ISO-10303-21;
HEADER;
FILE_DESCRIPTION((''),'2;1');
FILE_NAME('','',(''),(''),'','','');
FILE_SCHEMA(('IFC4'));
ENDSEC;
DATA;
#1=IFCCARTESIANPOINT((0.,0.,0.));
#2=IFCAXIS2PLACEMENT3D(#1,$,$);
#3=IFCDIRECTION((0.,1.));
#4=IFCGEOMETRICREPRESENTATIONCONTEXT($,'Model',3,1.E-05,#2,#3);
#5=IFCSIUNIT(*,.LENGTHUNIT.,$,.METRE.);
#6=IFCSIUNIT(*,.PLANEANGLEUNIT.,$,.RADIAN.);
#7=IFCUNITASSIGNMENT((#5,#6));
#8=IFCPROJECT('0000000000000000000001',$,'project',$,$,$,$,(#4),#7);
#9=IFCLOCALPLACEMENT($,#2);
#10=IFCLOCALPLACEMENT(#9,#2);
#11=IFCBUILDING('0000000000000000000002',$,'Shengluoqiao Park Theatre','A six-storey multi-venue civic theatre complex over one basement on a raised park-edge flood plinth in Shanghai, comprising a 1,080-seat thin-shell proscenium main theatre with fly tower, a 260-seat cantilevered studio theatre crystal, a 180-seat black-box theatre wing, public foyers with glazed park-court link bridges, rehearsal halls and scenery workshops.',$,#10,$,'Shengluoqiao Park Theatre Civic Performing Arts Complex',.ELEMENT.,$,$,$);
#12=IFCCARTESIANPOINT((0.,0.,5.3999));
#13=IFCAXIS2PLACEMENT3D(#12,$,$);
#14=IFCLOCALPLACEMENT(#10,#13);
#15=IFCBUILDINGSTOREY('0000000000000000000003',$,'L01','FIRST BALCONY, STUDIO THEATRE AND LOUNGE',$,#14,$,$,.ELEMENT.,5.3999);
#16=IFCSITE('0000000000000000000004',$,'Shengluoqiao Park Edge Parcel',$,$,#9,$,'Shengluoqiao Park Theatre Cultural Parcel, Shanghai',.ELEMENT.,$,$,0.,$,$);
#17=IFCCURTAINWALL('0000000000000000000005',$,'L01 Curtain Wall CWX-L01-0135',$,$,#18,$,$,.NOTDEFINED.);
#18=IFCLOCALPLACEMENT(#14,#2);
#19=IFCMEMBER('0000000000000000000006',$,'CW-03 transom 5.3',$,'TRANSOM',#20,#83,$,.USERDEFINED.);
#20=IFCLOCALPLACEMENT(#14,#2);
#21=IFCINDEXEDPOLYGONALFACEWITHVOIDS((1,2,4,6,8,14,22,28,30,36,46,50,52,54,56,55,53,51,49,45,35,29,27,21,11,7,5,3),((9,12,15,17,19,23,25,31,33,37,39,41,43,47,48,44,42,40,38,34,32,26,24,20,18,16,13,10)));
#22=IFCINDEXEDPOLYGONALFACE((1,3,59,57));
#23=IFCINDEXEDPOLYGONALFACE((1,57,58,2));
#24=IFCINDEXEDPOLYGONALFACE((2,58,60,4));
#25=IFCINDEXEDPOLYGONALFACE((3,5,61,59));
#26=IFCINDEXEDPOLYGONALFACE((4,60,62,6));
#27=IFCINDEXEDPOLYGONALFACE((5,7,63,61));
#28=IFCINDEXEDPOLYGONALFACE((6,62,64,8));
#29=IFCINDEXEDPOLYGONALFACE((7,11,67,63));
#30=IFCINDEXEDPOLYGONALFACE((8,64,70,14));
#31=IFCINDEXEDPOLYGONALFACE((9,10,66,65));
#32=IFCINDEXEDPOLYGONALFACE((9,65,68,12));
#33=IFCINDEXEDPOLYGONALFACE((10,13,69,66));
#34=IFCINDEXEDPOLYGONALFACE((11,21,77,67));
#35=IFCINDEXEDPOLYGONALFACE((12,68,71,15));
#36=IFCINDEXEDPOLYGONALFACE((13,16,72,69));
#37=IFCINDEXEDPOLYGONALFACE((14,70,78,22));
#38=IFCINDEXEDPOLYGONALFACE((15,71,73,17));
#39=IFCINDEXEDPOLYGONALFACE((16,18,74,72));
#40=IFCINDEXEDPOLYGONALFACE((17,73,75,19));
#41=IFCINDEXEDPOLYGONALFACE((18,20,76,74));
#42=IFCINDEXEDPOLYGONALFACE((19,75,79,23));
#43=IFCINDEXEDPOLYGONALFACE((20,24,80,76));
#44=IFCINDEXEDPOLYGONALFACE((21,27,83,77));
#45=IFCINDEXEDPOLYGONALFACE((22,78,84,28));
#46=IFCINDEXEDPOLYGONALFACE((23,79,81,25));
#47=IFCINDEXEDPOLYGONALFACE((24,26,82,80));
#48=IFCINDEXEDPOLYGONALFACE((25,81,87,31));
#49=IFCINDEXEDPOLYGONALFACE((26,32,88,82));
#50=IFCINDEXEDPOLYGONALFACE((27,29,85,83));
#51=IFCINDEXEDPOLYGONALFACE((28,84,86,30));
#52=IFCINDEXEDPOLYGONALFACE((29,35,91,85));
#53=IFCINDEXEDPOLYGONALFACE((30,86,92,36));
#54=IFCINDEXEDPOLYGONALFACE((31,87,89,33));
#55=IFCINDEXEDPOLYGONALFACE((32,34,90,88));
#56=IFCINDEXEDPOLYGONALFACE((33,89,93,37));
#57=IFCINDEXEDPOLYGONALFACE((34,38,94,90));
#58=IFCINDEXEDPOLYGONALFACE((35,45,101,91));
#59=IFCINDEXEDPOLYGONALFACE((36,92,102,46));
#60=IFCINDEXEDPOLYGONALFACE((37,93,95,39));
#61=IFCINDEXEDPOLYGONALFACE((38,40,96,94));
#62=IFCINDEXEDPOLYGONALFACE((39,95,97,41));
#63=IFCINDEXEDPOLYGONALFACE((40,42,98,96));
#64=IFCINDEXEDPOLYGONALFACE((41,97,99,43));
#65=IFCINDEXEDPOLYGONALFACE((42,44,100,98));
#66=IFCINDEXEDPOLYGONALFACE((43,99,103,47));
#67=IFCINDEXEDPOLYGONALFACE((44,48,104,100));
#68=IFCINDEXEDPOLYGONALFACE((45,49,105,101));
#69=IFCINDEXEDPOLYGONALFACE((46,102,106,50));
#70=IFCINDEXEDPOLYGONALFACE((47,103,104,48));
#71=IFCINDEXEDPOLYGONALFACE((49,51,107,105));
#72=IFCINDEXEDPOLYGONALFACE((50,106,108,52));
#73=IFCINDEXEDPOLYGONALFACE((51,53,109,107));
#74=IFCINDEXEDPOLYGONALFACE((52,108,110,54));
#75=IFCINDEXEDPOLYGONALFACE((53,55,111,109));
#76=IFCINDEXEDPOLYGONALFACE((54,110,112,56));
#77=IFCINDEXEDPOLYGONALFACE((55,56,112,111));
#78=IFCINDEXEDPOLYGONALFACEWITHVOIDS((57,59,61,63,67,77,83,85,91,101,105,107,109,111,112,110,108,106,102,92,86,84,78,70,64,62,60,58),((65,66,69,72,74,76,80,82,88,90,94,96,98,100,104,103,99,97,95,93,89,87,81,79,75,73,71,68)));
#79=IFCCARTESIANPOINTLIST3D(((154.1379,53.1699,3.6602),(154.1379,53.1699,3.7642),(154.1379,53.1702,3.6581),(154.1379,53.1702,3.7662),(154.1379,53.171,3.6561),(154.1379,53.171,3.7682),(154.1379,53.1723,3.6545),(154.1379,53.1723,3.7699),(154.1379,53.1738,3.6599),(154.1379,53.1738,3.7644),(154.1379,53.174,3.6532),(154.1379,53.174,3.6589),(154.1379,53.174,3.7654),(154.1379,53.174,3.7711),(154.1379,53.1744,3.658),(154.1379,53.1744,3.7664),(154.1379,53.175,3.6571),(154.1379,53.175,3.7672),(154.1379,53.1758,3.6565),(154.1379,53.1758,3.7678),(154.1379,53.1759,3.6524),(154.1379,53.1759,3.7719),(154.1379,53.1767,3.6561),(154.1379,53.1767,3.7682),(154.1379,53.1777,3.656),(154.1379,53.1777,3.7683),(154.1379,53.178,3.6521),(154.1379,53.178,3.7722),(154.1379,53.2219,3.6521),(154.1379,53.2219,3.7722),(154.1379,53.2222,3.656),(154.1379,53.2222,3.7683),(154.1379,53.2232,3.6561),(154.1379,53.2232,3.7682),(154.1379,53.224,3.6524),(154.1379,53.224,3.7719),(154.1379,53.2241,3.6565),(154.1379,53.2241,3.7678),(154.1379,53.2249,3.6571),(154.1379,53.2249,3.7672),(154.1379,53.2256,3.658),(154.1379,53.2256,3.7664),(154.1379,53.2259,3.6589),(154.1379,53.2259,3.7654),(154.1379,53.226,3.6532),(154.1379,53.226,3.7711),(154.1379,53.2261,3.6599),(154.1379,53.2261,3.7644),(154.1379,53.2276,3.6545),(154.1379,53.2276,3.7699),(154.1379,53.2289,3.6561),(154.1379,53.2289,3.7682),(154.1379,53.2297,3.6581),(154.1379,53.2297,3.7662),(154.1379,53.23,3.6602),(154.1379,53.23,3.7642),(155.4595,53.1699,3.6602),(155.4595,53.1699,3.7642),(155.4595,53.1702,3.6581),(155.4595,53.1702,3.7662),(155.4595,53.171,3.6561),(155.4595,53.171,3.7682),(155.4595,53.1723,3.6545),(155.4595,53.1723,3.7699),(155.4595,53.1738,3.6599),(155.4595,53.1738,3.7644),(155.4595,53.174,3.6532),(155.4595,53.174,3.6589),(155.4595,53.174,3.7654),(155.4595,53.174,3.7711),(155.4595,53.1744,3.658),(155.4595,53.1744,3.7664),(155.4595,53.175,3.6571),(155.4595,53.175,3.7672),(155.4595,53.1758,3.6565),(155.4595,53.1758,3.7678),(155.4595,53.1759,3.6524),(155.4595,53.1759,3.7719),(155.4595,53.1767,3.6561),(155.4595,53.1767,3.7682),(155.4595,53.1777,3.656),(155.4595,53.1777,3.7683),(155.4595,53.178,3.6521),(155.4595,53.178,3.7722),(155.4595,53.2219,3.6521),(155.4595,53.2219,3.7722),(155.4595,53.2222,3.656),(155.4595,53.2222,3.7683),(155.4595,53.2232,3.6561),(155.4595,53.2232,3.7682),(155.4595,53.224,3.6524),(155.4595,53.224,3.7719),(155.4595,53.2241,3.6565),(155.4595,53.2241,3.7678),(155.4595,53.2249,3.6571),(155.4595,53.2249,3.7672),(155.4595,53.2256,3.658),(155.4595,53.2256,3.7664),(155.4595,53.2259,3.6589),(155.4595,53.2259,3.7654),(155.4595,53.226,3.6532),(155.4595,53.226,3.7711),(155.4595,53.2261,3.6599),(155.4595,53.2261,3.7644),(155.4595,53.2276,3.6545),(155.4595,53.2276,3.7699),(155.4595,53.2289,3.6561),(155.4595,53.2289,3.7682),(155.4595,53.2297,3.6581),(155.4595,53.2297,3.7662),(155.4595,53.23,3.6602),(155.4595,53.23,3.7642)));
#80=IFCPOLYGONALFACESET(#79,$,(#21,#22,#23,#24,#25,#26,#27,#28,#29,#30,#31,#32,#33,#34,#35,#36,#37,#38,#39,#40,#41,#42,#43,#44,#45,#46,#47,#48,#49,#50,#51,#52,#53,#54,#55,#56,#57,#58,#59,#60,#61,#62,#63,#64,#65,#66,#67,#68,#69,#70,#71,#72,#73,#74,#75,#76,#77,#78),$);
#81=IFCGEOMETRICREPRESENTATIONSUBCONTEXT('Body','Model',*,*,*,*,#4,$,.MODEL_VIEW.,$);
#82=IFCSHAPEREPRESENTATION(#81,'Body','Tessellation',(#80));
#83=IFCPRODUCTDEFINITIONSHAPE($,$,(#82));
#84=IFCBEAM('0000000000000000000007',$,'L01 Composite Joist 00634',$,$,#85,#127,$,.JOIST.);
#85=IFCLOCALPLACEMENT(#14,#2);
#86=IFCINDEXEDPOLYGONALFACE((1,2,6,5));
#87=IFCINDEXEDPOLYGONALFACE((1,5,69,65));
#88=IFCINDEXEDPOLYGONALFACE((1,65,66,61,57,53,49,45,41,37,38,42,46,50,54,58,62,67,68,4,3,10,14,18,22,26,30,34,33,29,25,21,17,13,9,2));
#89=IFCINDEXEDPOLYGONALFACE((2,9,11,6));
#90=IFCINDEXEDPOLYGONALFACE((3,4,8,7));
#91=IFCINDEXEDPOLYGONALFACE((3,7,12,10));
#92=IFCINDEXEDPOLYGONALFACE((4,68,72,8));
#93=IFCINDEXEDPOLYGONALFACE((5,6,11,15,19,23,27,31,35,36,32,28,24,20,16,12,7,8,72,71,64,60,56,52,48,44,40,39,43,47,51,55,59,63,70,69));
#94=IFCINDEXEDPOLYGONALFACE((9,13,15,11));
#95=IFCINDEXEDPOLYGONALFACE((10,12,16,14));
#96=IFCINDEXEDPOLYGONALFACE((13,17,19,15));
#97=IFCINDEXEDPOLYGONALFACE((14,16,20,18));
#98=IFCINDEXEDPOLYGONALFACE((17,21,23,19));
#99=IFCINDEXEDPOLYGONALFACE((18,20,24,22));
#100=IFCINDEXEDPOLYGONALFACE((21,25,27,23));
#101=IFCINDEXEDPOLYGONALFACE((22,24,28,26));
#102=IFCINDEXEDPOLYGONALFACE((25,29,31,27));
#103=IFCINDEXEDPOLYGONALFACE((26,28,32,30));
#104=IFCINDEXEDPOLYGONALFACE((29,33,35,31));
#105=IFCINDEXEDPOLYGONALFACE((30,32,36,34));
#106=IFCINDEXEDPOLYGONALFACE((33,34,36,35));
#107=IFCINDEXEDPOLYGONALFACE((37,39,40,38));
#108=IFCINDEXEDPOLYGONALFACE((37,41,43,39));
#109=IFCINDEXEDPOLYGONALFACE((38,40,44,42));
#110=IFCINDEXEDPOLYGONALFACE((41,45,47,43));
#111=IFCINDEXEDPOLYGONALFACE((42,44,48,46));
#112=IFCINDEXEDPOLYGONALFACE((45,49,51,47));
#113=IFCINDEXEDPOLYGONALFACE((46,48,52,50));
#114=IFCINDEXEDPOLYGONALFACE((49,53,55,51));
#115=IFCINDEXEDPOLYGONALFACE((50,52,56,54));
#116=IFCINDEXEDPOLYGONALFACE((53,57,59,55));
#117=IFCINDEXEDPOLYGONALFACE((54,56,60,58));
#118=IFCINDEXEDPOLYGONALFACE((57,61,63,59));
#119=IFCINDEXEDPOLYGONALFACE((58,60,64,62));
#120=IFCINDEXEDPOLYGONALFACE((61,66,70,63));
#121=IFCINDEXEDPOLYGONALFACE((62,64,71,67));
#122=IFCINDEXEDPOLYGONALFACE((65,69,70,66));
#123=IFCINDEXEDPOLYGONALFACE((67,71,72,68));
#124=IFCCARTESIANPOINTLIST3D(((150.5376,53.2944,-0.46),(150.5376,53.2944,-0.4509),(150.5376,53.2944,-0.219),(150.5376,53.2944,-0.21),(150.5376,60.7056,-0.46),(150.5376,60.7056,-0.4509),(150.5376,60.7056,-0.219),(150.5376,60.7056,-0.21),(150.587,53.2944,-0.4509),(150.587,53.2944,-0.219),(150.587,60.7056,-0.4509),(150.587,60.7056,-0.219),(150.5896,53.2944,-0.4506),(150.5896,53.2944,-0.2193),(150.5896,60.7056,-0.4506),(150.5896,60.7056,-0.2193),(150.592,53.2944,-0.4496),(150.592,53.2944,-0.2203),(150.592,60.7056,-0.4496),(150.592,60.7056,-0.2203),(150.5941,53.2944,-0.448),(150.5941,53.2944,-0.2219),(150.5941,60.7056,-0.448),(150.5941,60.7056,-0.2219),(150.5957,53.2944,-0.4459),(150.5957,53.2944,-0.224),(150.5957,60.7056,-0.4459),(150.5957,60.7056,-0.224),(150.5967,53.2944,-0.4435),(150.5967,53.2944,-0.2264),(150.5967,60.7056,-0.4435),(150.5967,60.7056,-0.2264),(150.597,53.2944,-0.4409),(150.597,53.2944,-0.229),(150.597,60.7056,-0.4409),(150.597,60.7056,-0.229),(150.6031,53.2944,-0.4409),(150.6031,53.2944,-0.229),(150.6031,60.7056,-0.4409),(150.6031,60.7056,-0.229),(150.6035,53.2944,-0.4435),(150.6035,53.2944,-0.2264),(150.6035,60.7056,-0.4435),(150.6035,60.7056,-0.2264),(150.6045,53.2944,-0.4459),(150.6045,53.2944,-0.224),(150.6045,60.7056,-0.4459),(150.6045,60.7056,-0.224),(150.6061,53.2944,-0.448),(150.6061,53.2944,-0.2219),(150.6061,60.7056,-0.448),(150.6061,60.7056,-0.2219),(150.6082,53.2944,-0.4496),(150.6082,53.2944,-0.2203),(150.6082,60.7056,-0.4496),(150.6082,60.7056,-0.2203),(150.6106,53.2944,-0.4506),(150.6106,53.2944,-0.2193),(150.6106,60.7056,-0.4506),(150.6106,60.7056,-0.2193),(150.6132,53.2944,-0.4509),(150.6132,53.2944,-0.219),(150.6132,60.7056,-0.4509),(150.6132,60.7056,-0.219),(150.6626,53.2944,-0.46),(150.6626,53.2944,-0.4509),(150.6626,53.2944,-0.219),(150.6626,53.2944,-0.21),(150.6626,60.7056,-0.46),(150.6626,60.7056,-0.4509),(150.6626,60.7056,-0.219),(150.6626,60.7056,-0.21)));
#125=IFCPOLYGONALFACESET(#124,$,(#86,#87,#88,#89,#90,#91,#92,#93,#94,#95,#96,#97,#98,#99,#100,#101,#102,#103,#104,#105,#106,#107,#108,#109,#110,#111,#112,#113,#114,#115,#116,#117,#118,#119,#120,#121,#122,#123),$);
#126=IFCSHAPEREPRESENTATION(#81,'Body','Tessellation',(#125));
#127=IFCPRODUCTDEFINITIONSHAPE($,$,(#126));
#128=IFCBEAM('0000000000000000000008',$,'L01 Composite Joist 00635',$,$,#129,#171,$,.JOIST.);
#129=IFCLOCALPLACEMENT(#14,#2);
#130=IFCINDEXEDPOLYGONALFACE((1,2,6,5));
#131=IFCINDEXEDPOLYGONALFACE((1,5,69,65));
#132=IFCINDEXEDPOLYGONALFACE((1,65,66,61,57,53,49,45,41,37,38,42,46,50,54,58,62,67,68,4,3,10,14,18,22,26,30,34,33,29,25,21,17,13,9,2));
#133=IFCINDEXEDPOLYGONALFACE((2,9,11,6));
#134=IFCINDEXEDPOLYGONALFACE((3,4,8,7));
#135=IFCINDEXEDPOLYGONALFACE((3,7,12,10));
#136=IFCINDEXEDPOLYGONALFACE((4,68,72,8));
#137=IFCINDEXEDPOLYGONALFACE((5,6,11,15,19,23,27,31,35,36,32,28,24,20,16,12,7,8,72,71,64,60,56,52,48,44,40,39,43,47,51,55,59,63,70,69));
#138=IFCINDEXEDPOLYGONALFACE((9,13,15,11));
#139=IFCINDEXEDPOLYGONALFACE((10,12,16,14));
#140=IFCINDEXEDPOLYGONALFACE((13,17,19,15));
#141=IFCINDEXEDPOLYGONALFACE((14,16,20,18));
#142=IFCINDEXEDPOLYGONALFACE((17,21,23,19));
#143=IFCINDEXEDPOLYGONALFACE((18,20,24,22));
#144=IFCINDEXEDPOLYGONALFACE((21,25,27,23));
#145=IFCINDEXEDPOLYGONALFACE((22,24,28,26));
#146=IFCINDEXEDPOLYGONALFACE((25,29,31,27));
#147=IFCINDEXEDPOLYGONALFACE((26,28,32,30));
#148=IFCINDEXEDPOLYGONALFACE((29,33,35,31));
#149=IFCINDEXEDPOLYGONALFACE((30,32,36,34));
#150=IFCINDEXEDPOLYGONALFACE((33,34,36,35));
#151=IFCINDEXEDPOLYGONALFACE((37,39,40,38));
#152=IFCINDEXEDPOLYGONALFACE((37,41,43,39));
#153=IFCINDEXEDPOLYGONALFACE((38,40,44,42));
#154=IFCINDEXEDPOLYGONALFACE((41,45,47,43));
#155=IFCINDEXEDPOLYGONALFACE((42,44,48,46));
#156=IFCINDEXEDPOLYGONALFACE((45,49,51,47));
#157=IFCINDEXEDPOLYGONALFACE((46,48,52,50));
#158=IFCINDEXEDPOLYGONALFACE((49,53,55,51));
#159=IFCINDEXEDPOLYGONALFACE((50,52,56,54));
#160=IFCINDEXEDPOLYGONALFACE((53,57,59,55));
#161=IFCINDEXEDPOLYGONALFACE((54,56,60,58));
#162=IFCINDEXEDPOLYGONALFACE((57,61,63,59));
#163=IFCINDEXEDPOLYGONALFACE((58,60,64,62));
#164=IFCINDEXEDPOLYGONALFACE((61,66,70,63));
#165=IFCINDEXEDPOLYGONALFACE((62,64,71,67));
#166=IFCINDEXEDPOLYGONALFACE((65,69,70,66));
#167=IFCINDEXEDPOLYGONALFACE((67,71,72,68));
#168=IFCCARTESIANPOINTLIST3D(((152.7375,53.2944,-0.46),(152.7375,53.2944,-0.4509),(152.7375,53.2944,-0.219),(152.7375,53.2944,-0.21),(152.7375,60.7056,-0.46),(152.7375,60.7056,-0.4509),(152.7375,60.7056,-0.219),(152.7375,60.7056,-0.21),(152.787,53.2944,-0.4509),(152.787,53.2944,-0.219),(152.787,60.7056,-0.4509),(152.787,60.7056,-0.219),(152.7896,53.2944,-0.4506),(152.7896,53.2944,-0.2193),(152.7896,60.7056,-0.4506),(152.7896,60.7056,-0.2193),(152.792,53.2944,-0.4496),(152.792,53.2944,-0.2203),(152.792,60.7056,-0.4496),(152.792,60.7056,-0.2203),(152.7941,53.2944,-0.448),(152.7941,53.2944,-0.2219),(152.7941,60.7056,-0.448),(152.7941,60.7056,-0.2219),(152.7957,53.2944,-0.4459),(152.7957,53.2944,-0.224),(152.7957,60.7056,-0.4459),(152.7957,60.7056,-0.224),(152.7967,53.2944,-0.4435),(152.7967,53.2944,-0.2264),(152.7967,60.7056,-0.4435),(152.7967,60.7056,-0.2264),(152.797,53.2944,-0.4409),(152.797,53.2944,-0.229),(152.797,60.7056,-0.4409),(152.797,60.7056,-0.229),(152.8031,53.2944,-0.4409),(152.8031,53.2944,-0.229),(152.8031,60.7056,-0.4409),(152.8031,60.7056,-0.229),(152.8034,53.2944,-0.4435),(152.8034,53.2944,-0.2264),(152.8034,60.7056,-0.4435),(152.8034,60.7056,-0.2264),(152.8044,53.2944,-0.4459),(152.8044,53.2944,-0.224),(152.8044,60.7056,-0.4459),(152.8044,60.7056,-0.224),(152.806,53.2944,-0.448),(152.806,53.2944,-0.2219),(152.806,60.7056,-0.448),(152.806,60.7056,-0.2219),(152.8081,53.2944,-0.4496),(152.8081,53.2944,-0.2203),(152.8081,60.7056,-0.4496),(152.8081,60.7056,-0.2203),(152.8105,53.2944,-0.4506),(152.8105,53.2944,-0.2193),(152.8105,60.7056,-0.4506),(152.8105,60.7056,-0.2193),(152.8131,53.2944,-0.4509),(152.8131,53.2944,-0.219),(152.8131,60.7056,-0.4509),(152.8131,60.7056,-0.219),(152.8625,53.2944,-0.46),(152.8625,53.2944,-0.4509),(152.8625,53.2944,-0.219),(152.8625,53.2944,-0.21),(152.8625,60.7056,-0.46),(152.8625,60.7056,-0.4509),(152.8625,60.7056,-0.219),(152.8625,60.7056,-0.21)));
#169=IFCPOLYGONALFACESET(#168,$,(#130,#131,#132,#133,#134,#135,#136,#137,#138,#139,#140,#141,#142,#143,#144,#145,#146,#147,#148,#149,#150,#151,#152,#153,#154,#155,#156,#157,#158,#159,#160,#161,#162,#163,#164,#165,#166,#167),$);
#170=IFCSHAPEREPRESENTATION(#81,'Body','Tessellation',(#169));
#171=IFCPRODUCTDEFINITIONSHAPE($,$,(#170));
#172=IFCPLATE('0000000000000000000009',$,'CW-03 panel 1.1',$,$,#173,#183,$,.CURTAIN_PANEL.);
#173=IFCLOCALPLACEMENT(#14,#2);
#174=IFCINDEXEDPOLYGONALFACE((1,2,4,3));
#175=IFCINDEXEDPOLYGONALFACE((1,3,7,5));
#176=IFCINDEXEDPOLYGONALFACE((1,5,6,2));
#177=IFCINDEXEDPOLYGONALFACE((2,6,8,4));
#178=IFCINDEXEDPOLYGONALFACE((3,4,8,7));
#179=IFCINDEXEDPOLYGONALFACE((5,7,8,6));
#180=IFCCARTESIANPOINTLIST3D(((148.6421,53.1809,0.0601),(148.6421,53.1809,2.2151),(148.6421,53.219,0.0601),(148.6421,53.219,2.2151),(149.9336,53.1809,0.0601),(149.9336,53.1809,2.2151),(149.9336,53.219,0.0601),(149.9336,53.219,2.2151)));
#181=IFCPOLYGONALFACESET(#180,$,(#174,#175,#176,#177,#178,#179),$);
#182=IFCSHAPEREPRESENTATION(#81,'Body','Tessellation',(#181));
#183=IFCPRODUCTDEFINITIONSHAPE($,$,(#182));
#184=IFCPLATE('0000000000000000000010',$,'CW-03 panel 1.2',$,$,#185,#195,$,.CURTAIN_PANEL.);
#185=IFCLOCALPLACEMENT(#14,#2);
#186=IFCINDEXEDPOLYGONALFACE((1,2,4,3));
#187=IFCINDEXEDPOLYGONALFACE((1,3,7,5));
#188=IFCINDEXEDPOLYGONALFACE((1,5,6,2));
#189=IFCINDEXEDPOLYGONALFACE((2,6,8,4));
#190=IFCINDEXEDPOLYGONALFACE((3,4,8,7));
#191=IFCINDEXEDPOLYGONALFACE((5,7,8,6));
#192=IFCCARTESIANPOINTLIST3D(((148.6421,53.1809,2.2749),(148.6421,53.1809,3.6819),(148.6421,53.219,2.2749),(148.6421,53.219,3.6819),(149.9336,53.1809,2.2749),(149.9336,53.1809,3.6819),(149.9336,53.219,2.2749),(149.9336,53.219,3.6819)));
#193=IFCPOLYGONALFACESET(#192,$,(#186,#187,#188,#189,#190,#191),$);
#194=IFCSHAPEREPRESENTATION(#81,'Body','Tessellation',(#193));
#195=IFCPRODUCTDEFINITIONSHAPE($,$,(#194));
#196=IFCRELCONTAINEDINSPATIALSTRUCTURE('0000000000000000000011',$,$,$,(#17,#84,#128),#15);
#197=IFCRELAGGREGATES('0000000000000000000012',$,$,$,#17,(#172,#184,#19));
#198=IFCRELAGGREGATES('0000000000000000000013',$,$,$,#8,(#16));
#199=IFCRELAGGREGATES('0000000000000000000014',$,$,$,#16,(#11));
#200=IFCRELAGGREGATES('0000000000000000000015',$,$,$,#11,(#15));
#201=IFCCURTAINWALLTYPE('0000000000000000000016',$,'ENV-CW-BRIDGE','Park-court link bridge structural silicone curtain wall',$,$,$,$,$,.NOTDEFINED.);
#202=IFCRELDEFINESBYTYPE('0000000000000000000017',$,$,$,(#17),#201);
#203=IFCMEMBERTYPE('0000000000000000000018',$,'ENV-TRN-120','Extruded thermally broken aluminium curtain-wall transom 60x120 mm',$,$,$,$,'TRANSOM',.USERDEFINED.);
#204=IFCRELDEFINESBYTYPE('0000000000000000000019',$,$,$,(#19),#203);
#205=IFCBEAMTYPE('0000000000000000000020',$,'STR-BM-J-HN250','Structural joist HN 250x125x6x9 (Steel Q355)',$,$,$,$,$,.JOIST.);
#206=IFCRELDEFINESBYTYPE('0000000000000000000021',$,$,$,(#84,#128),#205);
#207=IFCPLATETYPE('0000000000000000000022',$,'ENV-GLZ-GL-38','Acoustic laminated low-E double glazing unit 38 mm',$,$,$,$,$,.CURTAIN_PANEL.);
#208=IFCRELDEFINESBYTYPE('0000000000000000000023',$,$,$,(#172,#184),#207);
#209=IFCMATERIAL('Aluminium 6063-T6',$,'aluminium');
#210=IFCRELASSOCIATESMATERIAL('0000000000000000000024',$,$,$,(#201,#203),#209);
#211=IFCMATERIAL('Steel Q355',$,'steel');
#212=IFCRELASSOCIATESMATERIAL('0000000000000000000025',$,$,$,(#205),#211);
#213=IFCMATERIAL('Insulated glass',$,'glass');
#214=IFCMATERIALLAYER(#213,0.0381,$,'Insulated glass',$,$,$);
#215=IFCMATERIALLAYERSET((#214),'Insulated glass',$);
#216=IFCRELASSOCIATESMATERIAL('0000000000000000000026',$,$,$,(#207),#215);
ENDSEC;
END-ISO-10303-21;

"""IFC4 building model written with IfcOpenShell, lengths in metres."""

from ifc_helpers import new_model, si_unit, direction, frame, origin, origin_2d, place, context, subcontext, project, spatial, rectangle, hollow_rectangle, i_section, extrude, material, layer, layer_set, material_profile, profile_set, type_object, element, aggregate, save


model = new_model("IFC4")

# Units and contexts
model_context = context("Model", 3, precision=1e-05, world=origin(), true_north=direction((0.0, 1.0)))
body_context = subcontext(model_context, "Body", "Model", "MODEL_VIEW")
ifc_project = project(units=[si_unit("LENGTHUNIT", "METRE"), si_unit("PLANEANGLEUNIT", "RADIAN")], contexts=[model_context])

# Site, building, storey
site_placement = place(None, origin())
site = spatial("IfcSite", under=ifc_project, at=site_placement, Name="Shengluoqiao Park Edge Parcel", LongName="Shengluoqiao Park Theatre Cultural Parcel, Shanghai", CompositionType="ELEMENT", RefElevation=0.0)
building_placement = place(site_placement, origin())
building = spatial("IfcBuilding", under=site, at=building_placement, Name="Shengluoqiao Park Theatre", Description="A six-storey multi-venue civic theatre complex over one basement on a raised park-edge flood plinth in Shanghai, comprising a 1,080-seat thin-shell proscenium main theatre with fly tower, a 260-seat cantilevered studio theatre crystal, a 180-seat black-box theatre wing, public foyers with glazed park-court link bridges, rehearsal halls and scenery workshops.", LongName="Shengluoqiao Park Theatre Civic Performing Arts Complex", CompositionType="ELEMENT")
storey_placement = place(building_placement, frame((0.0, 0.0, 5.3999)))
storey = spatial("IfcBuildingStorey", under=building, at=storey_placement, Name="L01", Description="FIRST BALCONY, STUDIO THEATRE AND LOUNGE", CompositionType="ELEMENT", Elevation=5.3999)

# Curtain wall, member
ifc_material_1 = material(Name="Aluminium 6063-T6", Category="aluminium")
curtain_wall_type = type_object("IfcCurtainWallType", Name="ENV-CW-BRIDGE", Description="Park-court link bridge structural silicone curtain wall", PredefinedType="NOTDEFINED", material=ifc_material_1)
curtain_wall_placement = place(storey_placement, origin())
curtain_wall = element("IfcCurtainWall", 1, at=curtain_wall_placement, inside=storey, type_object=curtain_wall_type, Name="L01 Curtain Wall CWX-L01-0135", PredefinedType="NOTDEFINED")
ifc_material_profile_1 = material_profile(ifc_material_1, hollow_rectangle(XDim=0.0601, YDim=0.1201, WallThickness=0.0039, InnerFilletRadius=0.0039, OuterFilletRadius=0.0081, at=origin_2d()), Name="ALU TRANSOM 120x60x4")
ifc_profile_set_1 = profile_set([ifc_material_profile_1], Name="Aluminium 6063-T6")
member_type_1 = type_object("IfcMemberType", Name="ENV-TRN-120", Description="Extruded thermally broken aluminium curtain-wall transom 60x120 mm", ElementType="TRANSOM", PredefinedType="USERDEFINED", material=ifc_profile_set_1)
member_1_placement = place(storey_placement, frame((154.1379, 53.2, 3.7122), z_axis=(1.0, 0.0, 0.0), x_axis=(0.0, 1.0, 0.0)))
member_1 = element("IfcMember", 2, at=member_1_placement, type_object=member_type_1, Name="CW-03 transom 5.3", ObjectType="TRANSOM", PredefinedType="USERDEFINED", context=body_context, shape_type="SweptSolid", body=[
    extrude(hollow_rectangle(XDim=0.0601, YDim=0.1201, WallThickness=0.0039, InnerFilletRadius=0.0039, OuterFilletRadius=0.0081, at=origin_2d()), origin(), (0.0, 0.0, 1.0), 1.3215),
])

# Beams
ifc_material_2 = material(Name="Steel Q355", Category="steel")
ifc_material_profile_2 = material_profile(ifc_material_2, i_section(OverallWidth=0.125, OverallDepth=0.25, WebThickness=0.0061, FlangeThickness=0.009, FilletRadius=0.01, at=origin_2d()), Name="HN 250x125x6x9")
ifc_profile_set_2 = profile_set([ifc_material_profile_2], Name="Steel Q355")
beam_type = type_object("IfcBeamType", Name="STR-BM-J-HN250", Description="Structural joist HN 250x125x6x9 (Steel Q355)", PredefinedType="JOIST", material=ifc_profile_set_2)
for number, where, z_axis, x_axis, name in (
    (3, (150.6001, 53.2944, -0.335), (0.0, 1.0, 0.0), (-1.0, 0.0, 0.0), "L01 Composite Joist 00634"),
    (4, (152.8, 53.2944, -0.335), (0.0, 1.0, 0.0), (-1.0, 0.0, 0.0), "L01 Composite Joist 00635"),
):
    element("IfcBeam", number, at=place(storey_placement, frame(where, z_axis=z_axis, x_axis=x_axis)), inside=storey, type_object=beam_type, Name=name, PredefinedType="JOIST", context=body_context, shape_type="SweptSolid", body=[
        extrude(i_section(OverallWidth=0.125, OverallDepth=0.25, WebThickness=0.0061, FlangeThickness=0.009, FilletRadius=0.01, at=origin_2d()), origin(), (0.0, 0.0, 1.0), 7.4111),
    ])

# Plates
ifc_material_3 = material(Name="Insulated glass", Category="glass")
ifc_layer = layer(ifc_material_3, 0.0381, Name="Insulated glass")
ifc_layer_set = layer_set([ifc_layer], Name="Insulated glass")
plate_type = type_object("IfcPlateType", Name="ENV-GLZ-GL-38", Description="Acoustic laminated low-E double glazing unit 38 mm", PredefinedType="CURTAIN_PANEL", material=ifc_layer_set)
plate_1_placement = place(storey_placement, frame((149.2878, 53.2, 0.0601), z_axis=(0.0, 0.0, 1.0), x_axis=(1.0, 0.0, 0.0)))
plate_1 = element("IfcPlate", 5, at=plate_1_placement, type_object=plate_type, Name="CW-03 panel 1.1", PredefinedType="CURTAIN_PANEL", context=body_context, shape_type="SweptSolid", body=[
    extrude(rectangle(XDim=1.2915, YDim=0.0381, at=origin_2d()), origin(), (0.0, 0.0, 1.0), 2.155),
])
plate_2_placement = place(storey_placement, frame((149.2878, 53.2, 2.2749), z_axis=(0.0, 0.0, 1.0), x_axis=(1.0, 0.0, 0.0)))
plate_2 = element("IfcPlate", 6, at=plate_2_placement, type_object=plate_type, Name="CW-03 panel 1.2", PredefinedType="CURTAIN_PANEL", context=body_context, shape_type="SweptSolid", body=[
    extrude(rectangle(XDim=1.2915, YDim=0.0381, at=origin_2d()), origin(), (0.0, 0.0, 1.0), 1.407),
])
aggregate(curtain_wall, [plate_1, plate_2, member_1])

save(model, "model.ifc")
